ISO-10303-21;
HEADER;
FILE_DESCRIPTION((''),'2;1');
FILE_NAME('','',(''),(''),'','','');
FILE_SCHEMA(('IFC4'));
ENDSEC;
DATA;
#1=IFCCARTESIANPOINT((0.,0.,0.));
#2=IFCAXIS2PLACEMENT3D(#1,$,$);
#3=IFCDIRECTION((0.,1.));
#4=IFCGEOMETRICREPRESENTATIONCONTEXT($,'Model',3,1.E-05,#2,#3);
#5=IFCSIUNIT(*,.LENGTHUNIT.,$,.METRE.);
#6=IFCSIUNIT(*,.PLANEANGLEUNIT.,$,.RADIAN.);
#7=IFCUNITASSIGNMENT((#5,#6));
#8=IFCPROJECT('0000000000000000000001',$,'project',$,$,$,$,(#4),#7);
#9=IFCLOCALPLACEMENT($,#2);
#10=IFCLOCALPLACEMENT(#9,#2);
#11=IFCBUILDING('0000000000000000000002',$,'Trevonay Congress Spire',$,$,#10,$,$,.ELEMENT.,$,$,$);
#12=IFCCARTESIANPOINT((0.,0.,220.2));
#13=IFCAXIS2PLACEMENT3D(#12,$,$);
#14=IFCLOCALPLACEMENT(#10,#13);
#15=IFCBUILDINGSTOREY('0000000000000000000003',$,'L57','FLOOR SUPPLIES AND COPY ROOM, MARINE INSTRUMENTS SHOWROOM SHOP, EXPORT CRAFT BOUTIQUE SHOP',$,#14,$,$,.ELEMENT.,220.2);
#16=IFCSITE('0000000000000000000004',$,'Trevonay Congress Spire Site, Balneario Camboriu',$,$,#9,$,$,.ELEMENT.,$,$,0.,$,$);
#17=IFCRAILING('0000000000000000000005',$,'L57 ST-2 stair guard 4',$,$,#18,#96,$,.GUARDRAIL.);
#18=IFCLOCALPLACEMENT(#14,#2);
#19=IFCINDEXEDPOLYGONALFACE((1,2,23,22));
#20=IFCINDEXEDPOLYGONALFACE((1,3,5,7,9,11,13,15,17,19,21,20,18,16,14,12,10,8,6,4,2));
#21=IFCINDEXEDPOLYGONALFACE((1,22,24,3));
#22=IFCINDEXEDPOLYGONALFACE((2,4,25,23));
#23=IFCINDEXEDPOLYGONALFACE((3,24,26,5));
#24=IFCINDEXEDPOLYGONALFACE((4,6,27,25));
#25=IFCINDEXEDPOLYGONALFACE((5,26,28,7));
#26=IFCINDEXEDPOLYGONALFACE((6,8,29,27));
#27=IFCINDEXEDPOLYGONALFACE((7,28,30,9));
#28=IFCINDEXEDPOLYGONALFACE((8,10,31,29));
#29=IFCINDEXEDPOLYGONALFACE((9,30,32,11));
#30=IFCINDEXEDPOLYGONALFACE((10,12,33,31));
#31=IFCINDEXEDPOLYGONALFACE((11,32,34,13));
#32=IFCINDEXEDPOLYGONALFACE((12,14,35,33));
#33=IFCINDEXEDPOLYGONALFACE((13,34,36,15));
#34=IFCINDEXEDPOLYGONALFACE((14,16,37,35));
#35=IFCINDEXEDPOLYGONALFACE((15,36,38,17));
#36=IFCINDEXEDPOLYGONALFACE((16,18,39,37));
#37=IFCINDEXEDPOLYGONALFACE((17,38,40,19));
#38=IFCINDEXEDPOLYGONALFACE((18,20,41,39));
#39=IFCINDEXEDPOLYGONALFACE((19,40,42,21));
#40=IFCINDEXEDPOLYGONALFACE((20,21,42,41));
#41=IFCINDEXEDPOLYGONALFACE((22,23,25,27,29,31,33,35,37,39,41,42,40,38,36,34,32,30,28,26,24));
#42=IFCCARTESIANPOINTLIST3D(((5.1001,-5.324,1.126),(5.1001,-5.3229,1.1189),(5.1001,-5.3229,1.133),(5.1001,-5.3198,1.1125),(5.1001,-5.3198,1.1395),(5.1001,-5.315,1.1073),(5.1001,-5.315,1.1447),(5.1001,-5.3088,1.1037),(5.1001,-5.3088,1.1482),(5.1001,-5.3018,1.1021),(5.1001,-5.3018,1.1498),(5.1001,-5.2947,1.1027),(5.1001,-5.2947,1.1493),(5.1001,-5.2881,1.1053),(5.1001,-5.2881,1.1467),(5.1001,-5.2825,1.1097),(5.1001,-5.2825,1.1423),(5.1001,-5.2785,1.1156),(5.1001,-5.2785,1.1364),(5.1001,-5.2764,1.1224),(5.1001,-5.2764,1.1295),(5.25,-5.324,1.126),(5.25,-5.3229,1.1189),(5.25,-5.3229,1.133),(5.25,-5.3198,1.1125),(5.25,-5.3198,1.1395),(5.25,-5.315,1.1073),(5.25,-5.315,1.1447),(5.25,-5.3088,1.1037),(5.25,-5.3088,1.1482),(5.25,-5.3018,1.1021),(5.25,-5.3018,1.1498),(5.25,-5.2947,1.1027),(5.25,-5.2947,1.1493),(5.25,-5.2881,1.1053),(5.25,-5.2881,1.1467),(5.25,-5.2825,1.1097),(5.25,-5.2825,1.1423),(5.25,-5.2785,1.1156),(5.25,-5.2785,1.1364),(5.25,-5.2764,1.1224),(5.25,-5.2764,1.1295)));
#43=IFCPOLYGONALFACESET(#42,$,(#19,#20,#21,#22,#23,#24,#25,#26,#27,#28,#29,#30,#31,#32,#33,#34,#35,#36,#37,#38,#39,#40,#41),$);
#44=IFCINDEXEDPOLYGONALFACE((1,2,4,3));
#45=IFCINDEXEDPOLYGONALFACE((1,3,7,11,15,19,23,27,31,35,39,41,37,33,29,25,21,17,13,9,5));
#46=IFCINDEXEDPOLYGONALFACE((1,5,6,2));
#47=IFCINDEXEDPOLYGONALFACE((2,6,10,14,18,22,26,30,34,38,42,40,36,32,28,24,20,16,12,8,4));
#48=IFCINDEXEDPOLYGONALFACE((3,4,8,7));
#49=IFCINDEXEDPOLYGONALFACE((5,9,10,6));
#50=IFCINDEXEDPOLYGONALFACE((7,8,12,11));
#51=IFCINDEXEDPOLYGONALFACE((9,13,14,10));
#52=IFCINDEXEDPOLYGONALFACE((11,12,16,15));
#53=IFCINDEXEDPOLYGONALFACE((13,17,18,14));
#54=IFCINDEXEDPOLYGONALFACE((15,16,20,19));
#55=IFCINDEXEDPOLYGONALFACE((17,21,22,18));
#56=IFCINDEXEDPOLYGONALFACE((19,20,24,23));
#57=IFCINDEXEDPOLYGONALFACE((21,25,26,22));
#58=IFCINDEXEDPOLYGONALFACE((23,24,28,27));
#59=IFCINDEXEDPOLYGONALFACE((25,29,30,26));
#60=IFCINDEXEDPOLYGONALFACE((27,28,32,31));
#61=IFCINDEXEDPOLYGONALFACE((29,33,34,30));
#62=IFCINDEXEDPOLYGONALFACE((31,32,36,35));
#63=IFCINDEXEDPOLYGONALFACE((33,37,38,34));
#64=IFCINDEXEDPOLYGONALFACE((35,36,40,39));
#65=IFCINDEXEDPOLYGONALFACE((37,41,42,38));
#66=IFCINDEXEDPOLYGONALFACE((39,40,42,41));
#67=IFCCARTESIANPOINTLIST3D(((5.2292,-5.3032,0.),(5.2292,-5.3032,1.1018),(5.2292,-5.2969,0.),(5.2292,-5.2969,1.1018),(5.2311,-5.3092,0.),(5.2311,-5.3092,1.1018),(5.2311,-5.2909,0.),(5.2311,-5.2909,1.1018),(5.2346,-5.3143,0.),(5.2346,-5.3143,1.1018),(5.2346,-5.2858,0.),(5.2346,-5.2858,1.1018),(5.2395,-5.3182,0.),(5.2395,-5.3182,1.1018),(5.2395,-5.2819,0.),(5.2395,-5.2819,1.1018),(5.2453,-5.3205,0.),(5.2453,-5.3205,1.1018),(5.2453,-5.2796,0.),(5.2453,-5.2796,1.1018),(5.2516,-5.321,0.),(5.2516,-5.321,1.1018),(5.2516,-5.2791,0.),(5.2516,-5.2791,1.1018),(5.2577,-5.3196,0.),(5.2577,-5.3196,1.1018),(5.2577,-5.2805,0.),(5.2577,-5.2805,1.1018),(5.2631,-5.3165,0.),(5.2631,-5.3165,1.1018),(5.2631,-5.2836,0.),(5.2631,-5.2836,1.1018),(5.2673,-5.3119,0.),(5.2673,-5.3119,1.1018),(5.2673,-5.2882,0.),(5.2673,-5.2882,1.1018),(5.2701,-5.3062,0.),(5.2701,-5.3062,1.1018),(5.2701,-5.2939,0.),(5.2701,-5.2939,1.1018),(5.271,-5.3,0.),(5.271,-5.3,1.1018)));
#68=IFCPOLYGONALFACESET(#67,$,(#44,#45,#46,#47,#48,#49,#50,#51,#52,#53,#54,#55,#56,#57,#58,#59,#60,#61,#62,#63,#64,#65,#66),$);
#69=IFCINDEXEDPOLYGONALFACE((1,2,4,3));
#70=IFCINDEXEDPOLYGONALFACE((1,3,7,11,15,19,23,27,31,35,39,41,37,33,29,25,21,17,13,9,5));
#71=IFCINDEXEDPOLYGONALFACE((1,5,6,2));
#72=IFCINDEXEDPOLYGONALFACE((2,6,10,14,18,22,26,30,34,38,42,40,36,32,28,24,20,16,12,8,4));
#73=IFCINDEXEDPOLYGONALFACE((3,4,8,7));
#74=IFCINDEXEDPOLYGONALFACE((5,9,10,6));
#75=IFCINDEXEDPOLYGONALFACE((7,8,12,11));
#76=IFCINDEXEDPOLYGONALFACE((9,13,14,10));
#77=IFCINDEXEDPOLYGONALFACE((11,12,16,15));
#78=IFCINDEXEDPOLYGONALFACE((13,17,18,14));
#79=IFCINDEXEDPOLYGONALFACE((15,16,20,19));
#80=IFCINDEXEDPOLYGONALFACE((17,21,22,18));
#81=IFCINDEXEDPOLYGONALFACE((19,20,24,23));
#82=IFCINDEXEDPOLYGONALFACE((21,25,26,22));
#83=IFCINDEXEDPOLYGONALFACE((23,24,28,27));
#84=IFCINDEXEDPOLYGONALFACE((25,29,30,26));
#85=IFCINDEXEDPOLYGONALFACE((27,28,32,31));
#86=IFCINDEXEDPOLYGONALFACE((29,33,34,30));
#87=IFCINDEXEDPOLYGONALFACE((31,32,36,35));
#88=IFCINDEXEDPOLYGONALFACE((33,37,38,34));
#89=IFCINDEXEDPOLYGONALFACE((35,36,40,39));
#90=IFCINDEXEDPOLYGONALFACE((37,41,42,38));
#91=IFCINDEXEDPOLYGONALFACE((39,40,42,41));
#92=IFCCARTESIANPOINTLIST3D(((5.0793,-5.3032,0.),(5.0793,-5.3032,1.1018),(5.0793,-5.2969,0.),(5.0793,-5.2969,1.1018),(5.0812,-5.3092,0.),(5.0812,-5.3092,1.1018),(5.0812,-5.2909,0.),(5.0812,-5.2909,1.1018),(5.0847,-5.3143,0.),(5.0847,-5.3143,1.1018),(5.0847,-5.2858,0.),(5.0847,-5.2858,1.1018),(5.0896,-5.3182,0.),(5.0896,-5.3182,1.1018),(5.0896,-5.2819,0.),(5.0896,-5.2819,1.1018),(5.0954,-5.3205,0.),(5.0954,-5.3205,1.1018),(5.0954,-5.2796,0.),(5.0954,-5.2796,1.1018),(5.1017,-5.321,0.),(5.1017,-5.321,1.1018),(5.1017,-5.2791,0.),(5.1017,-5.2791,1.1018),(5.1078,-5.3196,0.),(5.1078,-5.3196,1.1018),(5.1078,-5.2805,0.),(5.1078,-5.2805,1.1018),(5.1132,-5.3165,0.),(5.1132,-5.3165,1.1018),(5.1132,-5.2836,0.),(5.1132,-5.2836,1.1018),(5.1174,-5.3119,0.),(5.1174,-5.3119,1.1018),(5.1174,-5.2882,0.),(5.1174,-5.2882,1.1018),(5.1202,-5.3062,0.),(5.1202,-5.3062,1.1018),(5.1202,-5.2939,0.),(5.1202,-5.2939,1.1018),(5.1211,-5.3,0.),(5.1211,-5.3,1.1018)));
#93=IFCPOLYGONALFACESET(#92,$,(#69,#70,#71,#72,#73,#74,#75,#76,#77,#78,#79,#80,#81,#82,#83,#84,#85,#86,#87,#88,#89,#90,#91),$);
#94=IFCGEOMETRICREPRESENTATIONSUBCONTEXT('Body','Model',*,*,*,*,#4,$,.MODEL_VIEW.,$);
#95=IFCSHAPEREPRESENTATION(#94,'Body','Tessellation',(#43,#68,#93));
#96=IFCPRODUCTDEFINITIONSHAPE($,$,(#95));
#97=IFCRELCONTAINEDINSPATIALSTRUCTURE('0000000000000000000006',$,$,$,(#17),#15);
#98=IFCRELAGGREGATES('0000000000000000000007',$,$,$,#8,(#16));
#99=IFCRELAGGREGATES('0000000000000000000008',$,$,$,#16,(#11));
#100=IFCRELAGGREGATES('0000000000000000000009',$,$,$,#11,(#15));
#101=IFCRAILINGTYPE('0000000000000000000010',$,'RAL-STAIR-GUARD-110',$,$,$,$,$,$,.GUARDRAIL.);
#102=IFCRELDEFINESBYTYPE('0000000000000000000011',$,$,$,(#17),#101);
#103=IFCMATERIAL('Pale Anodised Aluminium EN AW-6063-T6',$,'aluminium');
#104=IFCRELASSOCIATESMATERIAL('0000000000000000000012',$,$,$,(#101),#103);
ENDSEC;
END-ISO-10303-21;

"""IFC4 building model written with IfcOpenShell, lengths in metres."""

from ifc_helpers import new_model, si_unit, direction, frame, origin, origin_2d, place, context, subcontext, project, spatial, circle, extrude, material, type_object, element, save


model = new_model("IFC4")

# Units and contexts
model_context = context("Model", 3, precision=1e-05, world=origin(), true_north=direction((0.0, 1.0)))
body_context = subcontext(model_context, "Body", "Model", "MODEL_VIEW")
ifc_project = project(units=[si_unit("LENGTHUNIT", "METRE"), si_unit("PLANEANGLEUNIT", "RADIAN")], contexts=[model_context])

# Site, building, storey
site_placement = place(None, origin())
site = spatial("IfcSite", under=ifc_project, at=site_placement, Name="Trevonay Congress Spire Site, Balneario Camboriu", CompositionType="ELEMENT", RefElevation=0.0)
building_placement = place(site_placement, origin())
building = spatial("IfcBuilding", under=site, at=building_placement, Name="Trevonay Congress Spire", CompositionType="ELEMENT")
storey_placement = place(building_placement, frame((0.0, 0.0, 220.2)))
storey = spatial("IfcBuildingStorey", under=building, at=storey_placement, Name="L57", Description="FLOOR SUPPLIES AND COPY ROOM, MARINE INSTRUMENTS SHOWROOM SHOP, EXPORT CRAFT BOUTIQUE SHOP", CompositionType="ELEMENT", Elevation=220.2)

# Shared definitions
ifc_material_1 = material(Name="Pale Anodised Aluminium EN AW-6063-T6", Category="aluminium")

# Railing
railing_type_1 = type_object("IfcRailingType", Name="RAL-STAIR-GUARD-110", PredefinedType="GUARDRAIL", material=ifc_material_1)
railing_1_placement = place(storey_placement, frame((5.25, -5.3, 0.0)))
element("IfcRailing", 1, at=railing_1_placement, inside=storey, type_object=railing_type_1, Name="L57 ST-2 stair guard 4", PredefinedType="GUARDRAIL", context=body_context, shape_type="SweptSolid", body=[
    extrude(circle(Radius=0.0239, at=origin_2d()), frame((0.0, 0.0, 1.126), z_axis=(-1.0, 0.0, 0.0), x_axis=(0.0, -1.0, 0.0)), (0.0, 0.0, 1.0), 0.1499),
    extrude(circle(Radius=0.021, at=origin_2d()), origin(), (0.0, 0.0, 1.0), 1.1018),
    extrude(circle(Radius=0.021, at=origin_2d()), frame((-0.1499, 0.0, 0.0)), (0.0, 0.0, 1.0), 1.1018),
])

save(model, "model.ifc")
